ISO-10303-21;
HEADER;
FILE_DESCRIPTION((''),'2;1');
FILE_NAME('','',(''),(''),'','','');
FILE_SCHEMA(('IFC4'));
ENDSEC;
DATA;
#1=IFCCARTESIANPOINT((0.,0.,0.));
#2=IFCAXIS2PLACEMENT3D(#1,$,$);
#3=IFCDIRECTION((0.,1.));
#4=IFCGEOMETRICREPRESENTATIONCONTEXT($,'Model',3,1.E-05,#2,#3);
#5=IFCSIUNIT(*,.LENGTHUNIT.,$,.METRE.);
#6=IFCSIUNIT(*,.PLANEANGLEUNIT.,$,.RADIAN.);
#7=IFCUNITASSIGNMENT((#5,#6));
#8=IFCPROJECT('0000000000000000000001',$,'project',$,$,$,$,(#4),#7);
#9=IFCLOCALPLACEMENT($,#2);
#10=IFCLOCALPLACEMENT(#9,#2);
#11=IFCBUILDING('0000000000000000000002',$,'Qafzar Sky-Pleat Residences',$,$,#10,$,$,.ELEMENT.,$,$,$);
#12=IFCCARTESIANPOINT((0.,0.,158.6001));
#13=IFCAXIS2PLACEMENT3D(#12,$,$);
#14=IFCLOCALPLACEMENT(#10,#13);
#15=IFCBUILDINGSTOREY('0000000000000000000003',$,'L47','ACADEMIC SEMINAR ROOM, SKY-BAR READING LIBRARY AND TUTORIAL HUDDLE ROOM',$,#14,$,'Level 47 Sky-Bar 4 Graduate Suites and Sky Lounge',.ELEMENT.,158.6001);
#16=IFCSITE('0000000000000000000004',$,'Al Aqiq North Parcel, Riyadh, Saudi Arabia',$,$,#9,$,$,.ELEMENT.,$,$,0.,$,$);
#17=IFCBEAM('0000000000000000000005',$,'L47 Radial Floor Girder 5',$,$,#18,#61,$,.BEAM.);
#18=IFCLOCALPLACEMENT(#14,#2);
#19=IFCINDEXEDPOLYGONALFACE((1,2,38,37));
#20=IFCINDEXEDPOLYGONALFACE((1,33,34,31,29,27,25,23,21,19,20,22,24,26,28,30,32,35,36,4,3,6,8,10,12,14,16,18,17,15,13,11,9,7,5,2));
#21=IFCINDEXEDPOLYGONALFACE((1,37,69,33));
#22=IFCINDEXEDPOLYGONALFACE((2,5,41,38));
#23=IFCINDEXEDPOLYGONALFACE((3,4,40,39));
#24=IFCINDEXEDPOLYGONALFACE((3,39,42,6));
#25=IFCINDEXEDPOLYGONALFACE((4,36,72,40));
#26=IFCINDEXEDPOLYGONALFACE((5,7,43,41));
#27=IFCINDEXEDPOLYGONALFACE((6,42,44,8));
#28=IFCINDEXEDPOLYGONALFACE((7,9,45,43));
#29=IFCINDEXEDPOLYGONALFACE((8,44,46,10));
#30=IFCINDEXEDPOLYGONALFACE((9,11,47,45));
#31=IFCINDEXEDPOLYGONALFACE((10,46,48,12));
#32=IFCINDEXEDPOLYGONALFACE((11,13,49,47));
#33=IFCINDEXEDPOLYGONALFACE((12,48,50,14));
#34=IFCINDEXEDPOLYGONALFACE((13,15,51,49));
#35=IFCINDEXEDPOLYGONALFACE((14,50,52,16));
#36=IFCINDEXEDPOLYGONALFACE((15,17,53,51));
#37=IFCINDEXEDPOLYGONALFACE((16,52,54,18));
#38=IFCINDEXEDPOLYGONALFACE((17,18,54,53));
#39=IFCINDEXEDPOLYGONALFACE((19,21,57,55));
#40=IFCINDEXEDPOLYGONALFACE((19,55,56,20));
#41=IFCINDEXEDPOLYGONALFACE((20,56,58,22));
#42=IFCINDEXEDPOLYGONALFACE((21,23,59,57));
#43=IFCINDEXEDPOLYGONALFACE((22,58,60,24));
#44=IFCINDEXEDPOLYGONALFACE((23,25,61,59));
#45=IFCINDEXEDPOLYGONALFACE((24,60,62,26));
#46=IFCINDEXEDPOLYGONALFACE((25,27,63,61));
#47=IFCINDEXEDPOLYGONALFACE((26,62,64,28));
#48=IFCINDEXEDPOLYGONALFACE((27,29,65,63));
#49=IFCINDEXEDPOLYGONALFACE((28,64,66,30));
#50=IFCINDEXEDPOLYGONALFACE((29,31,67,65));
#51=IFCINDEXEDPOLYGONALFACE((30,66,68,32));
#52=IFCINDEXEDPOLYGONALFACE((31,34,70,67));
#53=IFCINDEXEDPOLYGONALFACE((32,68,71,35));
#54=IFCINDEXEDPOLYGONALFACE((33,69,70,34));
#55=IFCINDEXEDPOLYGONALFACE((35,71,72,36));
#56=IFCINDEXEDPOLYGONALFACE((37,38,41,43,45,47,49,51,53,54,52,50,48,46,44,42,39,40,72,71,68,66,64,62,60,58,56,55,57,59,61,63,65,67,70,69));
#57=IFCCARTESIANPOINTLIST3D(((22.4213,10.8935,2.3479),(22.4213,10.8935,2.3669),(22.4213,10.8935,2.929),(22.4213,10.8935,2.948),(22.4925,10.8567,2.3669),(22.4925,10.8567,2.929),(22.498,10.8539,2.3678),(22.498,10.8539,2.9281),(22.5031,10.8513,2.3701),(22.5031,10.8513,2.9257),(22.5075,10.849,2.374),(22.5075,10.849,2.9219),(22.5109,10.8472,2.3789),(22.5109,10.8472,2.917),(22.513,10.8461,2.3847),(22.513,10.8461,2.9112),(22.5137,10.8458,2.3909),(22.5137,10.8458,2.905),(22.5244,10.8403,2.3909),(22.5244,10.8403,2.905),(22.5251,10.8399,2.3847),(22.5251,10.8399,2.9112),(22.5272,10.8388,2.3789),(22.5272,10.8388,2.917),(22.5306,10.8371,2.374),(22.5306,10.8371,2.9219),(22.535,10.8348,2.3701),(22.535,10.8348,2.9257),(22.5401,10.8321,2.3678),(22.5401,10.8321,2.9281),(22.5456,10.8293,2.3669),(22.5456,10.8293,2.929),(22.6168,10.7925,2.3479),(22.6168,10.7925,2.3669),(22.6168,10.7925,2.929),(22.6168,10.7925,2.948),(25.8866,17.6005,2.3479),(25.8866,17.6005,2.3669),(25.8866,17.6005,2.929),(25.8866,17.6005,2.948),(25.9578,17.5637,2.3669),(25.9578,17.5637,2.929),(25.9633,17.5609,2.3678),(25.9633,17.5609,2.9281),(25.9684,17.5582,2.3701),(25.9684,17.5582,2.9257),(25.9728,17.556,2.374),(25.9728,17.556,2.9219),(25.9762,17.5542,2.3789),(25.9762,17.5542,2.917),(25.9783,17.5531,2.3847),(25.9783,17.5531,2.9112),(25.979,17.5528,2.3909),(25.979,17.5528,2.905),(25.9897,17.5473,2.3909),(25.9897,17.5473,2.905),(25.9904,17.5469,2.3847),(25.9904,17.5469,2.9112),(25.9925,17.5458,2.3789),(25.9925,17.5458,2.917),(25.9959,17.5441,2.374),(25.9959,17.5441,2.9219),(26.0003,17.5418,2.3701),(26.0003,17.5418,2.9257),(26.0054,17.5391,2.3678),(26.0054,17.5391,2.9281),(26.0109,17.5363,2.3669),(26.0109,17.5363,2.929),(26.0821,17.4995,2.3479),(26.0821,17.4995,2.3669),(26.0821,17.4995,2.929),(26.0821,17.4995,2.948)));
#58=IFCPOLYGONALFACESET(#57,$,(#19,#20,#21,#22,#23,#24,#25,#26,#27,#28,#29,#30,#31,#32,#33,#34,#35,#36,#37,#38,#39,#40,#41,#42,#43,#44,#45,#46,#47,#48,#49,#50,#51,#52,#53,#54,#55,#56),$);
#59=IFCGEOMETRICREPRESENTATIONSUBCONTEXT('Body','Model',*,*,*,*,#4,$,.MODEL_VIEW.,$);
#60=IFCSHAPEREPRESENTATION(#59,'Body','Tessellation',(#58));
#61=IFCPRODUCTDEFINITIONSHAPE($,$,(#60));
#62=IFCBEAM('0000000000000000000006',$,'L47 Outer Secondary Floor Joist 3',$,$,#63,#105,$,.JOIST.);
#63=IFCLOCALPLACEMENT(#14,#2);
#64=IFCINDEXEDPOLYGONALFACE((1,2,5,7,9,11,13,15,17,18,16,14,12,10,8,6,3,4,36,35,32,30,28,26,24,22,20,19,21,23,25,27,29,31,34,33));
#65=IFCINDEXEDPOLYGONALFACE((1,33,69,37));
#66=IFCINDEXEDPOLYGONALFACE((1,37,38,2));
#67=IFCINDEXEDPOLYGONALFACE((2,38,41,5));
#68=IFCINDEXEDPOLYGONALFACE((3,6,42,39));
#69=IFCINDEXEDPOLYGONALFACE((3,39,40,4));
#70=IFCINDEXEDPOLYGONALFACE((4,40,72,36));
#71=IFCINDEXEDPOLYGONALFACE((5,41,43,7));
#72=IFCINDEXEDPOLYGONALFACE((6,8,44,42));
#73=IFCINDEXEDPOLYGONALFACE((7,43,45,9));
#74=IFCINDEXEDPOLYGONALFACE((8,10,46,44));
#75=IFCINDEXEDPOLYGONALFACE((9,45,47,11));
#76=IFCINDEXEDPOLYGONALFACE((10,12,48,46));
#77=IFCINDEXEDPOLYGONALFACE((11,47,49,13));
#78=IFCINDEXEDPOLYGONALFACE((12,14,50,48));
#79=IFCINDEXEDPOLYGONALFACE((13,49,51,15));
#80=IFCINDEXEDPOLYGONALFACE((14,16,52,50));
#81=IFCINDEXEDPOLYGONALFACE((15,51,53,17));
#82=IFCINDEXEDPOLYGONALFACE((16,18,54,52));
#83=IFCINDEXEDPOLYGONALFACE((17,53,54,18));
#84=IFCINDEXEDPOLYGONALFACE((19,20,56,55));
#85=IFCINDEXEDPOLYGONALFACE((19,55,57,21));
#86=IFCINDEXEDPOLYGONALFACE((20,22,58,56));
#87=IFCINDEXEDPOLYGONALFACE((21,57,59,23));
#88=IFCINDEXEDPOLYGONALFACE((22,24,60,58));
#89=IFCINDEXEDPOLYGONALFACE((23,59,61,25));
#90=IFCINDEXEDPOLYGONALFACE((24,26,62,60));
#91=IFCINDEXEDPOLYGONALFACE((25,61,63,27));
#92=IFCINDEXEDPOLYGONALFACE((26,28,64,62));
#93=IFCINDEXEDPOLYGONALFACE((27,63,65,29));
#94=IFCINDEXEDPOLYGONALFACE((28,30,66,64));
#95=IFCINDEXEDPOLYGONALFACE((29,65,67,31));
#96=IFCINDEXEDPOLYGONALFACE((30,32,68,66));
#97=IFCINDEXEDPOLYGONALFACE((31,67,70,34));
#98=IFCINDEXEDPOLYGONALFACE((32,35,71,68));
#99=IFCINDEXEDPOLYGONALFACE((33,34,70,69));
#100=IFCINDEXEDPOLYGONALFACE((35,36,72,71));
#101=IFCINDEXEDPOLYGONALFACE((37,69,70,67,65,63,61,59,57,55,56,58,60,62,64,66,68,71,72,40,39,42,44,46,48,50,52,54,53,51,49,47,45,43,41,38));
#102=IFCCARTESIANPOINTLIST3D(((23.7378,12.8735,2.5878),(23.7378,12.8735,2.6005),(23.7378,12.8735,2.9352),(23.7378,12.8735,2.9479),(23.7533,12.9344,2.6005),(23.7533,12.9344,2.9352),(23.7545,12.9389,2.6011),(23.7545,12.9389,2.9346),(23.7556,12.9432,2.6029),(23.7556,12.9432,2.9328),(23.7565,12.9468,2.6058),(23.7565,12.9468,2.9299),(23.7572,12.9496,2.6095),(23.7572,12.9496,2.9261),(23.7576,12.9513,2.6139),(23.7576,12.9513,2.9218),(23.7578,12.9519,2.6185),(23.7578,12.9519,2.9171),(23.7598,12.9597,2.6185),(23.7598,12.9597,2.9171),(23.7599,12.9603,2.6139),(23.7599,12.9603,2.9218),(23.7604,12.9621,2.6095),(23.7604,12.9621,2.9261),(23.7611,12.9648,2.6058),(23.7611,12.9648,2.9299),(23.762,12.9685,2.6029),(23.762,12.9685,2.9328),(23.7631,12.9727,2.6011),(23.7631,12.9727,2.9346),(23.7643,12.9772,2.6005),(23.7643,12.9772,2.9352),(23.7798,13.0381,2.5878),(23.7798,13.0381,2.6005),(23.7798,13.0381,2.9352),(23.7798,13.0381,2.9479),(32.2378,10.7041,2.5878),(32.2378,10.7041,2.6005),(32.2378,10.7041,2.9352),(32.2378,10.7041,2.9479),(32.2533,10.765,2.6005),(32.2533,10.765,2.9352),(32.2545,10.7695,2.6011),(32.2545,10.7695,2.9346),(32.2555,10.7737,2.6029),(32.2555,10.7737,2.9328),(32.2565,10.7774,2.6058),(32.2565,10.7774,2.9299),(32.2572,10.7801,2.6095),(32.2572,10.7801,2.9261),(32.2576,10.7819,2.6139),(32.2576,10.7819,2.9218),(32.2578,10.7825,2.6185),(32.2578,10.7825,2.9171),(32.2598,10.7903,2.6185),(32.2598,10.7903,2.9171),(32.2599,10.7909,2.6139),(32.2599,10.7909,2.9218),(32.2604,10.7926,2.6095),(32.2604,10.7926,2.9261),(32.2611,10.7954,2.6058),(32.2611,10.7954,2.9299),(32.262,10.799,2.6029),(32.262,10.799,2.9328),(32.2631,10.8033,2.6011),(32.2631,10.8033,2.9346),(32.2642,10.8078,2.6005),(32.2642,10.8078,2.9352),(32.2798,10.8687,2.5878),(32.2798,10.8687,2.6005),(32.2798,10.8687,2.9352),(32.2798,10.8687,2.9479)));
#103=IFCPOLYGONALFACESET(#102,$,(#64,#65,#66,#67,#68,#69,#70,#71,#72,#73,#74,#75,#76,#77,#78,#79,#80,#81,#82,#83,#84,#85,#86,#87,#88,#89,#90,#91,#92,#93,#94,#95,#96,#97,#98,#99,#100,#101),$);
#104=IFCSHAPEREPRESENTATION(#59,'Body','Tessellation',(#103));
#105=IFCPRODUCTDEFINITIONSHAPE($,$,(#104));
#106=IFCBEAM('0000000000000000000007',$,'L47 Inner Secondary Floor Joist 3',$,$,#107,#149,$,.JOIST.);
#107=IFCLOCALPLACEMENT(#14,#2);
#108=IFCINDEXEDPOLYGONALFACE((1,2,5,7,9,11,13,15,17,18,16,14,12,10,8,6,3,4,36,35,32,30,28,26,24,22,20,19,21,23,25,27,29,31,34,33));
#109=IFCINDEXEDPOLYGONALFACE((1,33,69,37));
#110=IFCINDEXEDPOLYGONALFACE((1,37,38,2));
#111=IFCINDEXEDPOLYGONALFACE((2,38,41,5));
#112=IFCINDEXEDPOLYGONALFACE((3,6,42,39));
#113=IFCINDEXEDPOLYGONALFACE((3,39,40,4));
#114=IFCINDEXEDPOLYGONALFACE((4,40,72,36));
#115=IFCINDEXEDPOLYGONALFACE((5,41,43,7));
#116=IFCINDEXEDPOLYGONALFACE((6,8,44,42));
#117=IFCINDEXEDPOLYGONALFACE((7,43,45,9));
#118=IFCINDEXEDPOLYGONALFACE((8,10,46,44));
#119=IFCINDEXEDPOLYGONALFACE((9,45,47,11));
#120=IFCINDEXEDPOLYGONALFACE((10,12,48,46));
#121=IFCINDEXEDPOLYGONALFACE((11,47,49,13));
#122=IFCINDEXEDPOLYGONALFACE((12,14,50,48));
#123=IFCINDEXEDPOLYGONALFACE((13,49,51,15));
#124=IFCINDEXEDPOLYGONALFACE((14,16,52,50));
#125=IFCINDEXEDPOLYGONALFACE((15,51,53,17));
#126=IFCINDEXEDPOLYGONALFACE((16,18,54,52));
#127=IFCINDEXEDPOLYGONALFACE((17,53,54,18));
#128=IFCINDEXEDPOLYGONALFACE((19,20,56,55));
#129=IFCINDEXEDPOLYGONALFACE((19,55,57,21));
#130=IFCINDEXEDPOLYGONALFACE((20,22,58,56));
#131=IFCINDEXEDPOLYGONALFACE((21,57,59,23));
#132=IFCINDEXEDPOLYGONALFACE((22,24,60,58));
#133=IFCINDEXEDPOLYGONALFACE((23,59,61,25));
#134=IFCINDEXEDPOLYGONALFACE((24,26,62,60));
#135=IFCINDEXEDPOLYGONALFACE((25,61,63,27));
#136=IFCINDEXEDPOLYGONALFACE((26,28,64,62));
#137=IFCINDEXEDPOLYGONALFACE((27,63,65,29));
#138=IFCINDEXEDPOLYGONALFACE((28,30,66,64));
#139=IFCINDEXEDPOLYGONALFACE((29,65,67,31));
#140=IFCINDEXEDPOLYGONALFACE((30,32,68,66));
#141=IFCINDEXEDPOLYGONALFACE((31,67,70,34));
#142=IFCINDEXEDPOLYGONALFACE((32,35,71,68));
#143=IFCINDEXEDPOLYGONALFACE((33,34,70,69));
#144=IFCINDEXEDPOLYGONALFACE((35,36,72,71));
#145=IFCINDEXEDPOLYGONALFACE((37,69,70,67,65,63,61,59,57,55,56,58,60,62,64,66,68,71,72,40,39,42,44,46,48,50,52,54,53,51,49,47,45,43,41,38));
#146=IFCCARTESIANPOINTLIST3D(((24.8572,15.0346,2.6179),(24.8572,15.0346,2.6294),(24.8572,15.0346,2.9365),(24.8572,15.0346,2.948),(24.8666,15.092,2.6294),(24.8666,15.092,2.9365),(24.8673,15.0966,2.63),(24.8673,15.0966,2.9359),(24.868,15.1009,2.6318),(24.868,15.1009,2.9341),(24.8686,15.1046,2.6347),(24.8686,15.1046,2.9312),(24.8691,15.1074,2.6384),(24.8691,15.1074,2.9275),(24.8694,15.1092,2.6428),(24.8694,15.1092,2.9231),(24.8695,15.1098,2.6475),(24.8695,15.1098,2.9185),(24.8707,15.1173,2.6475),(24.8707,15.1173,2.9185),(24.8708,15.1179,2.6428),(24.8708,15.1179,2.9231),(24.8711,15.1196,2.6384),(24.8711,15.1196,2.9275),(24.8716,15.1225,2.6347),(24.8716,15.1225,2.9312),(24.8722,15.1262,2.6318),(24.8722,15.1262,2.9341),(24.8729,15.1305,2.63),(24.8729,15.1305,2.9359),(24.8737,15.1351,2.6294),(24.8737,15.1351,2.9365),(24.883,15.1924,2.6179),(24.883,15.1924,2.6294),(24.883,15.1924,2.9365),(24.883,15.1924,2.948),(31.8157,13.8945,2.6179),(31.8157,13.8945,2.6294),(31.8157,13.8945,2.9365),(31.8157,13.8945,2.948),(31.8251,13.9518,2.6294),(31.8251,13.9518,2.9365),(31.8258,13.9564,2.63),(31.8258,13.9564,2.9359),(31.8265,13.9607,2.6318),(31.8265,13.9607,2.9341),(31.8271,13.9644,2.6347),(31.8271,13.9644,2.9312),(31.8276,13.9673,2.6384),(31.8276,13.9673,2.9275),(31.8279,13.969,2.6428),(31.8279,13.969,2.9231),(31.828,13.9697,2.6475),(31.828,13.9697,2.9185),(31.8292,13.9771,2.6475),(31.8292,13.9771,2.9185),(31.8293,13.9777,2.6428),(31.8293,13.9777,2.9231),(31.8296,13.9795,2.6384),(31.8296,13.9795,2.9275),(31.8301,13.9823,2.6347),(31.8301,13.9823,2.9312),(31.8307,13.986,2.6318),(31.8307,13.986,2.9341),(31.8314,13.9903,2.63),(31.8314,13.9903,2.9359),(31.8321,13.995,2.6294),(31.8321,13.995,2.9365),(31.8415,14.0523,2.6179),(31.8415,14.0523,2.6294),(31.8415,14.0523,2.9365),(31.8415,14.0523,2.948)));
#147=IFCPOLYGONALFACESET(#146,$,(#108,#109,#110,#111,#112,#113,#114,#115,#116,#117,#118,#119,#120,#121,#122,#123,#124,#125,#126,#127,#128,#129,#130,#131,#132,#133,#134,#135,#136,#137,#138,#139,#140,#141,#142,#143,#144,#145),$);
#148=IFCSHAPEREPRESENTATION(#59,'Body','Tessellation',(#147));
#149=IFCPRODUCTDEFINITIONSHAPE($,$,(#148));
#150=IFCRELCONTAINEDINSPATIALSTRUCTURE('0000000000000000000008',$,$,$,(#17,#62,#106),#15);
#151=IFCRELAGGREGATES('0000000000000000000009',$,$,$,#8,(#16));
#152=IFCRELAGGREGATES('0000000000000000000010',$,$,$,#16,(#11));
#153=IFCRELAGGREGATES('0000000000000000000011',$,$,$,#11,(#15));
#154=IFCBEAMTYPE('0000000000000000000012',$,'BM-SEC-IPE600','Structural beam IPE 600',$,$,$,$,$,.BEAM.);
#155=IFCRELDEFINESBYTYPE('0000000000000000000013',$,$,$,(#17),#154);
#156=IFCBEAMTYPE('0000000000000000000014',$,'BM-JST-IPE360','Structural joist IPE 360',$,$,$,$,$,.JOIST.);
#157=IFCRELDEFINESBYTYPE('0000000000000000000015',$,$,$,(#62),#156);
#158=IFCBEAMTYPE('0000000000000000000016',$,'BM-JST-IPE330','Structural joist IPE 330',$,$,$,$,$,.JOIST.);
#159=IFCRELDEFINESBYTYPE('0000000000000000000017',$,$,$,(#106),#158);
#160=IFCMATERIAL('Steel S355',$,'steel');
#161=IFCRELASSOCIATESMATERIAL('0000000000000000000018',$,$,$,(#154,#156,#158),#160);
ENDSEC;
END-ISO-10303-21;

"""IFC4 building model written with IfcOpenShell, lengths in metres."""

from ifc_helpers import new_model, si_unit, direction, frame, origin, origin_2d, place, context, subcontext, project, spatial, i_section, extrude, source, transform, mapped, material, material_profile, profile_set, type_object, element, save


model = new_model("IFC4")

# Units and contexts
model_context = context("Model", 3, precision=1e-05, world=origin(), true_north=direction((0.0, 1.0)))
body_context = subcontext(model_context, "Body", "Model", "MODEL_VIEW")
ifc_project = project(units=[si_unit("LENGTHUNIT", "METRE"), si_unit("PLANEANGLEUNIT", "RADIAN")], contexts=[model_context])

# Site, building, storey
site_placement = place(None, origin())
site = spatial("IfcSite", under=ifc_project, at=site_placement, Name="Al Aqiq North Parcel, Riyadh, Saudi Arabia", CompositionType="ELEMENT", RefElevation=0.0)
building_placement = place(site_placement, origin())
building = spatial("IfcBuilding", under=site, at=building_placement, Name="Qafzar Sky-Pleat Residences", CompositionType="ELEMENT")
storey_placement = place(building_placement, frame((0.0, 0.0, 158.6001)))
storey = spatial("IfcBuildingStorey", under=building, at=storey_placement, Name="L47", Description="ACADEMIC SEMINAR ROOM, SKY-BAR READING LIBRARY AND TUTORIAL HUDDLE ROOM", LongName="Level 47 Sky-Bar 4 Graduate Suites and Sky Lounge", CompositionType="ELEMENT", Elevation=158.6001)

# Shared definitions
ifc_material_1 = material(Name="Steel S355", Category="steel")

# Beams
ifc_material_profile_1 = material_profile(ifc_material_1, i_section(OverallWidth=0.22, OverallDepth=0.6001, WebThickness=0.012, FlangeThickness=0.019, FilletRadius=0.0239, at=origin_2d()), Name="IPE 600")
ifc_profile_set_1 = profile_set([ifc_material_profile_1], Name="Steel S355")
beam_type_1 = type_object("IfcBeamType", Name="BM-SEC-IPE600", Description="Structural beam IPE 600", PredefinedType="BEAM", material=ifc_profile_set_1)
shared_shape_1 = source(origin(), body_context, "Body", "SweptSolid", [
    extrude(i_section(OverallWidth=0.22, OverallDepth=0.6001, WebThickness=0.012, FlangeThickness=0.019, FilletRadius=0.0239, at=origin_2d()), origin(), (0.0, 0.0, 1.0), 7.5493),
])
beam_1_placement = place(storey_placement, frame((22.519, 10.843, 2.6479), z_axis=(0.459023, 0.888424, 0.0), x_axis=(-0.888424, 0.459023, 0.0)))
element("IfcBeam", 1, at=beam_1_placement, inside=storey, type_object=beam_type_1, Name="L47 Radial Floor Girder 5", PredefinedType="BEAM", context=body_context, shape_type="MappedRepresentation", body=[
    mapped(shared_shape_1, transform((0.0, 0.0, 0.0), x_axis=(1.0, 0.0, 0.0), y_axis=(0.0, 1.0, 0.0), z_axis=(0.0, 0.0, 1.0), scale=1.0)),
])
ifc_material_profile_2 = material_profile(ifc_material_1, i_section(OverallWidth=0.1699, OverallDepth=0.3601, WebThickness=0.0081, FlangeThickness=0.0127, FilletRadius=0.0181, at=origin_2d()), Name="IPE 360")
ifc_profile_set_2 = profile_set([ifc_material_profile_2], Name="Steel S355")
beam_type_2 = type_object("IfcBeamType", Name="BM-JST-IPE360", Description="Structural joist IPE 360", PredefinedType="JOIST", material=ifc_profile_set_2)
shared_shape_2 = source(origin(), body_context, "Body", "SweptSolid", [
    extrude(i_section(OverallWidth=0.1699, OverallDepth=0.3601, WebThickness=0.0081, FlangeThickness=0.0127, FilletRadius=0.0181, at=origin_2d()), origin(), (0.0, 0.0, 1.0), 8.7725),
])
beam_2_placement = place(storey_placement, frame((23.7588, 12.9558, 2.7678), z_axis=(0.968939, -0.2473, 0.0), x_axis=(0.2473, 0.968939, 0.0)))
element("IfcBeam", 2, at=beam_2_placement, inside=storey, type_object=beam_type_2, Name="L47 Outer Secondary Floor Joist 3", PredefinedType="JOIST", context=body_context, shape_type="MappedRepresentation", body=[
    mapped(shared_shape_2, transform((0.0, 0.0, 0.0), x_axis=(1.0, 0.0, 0.0), y_axis=(0.0, 1.0, 0.0), z_axis=(0.0, 0.0, 1.0), scale=1.0)),
])
ifc_material_profile_3 = material_profile(ifc_material_1, i_section(OverallWidth=0.1599, OverallDepth=0.3301, WebThickness=0.0076, FlangeThickness=0.0115, FilletRadius=0.0181, at=origin_2d()), Name="IPE 330")
ifc_profile_set_3 = profile_set([ifc_material_profile_3], Name="Steel S355")
beam_type_3 = type_object("IfcBeamType", Name="BM-JST-IPE330", Description="Structural joist IPE 330", PredefinedType="JOIST", material=ifc_profile_set_3)
shared_shape_3 = source(origin(), body_context, "Body", "SweptSolid", [
    extrude(i_section(OverallWidth=0.1599, OverallDepth=0.3301, WebThickness=0.0076, FlangeThickness=0.0115, FilletRadius=0.0181, at=origin_2d()), origin(), (0.0, 0.0, 1.0), 7.0513),
])
beam_3_placement = place(storey_placement, frame((24.8701, 15.1135, 2.783), z_axis=(0.986841, -0.161692, 0.0), x_axis=(0.161692, 0.986841, 0.0)))
element("IfcBeam", 3, at=beam_3_placement, inside=storey, type_object=beam_type_3, Name="L47 Inner Secondary Floor Joist 3", PredefinedType="JOIST", context=body_context, shape_type="MappedRepresentation", body=[
    mapped(shared_shape_3, transform((0.0, 0.0, 0.0), x_axis=(1.0, 0.0, 0.0), y_axis=(0.0, 1.0, 0.0), z_axis=(0.0, 0.0, 1.0), scale=1.0)),
])

save(model, "model.ifc")
